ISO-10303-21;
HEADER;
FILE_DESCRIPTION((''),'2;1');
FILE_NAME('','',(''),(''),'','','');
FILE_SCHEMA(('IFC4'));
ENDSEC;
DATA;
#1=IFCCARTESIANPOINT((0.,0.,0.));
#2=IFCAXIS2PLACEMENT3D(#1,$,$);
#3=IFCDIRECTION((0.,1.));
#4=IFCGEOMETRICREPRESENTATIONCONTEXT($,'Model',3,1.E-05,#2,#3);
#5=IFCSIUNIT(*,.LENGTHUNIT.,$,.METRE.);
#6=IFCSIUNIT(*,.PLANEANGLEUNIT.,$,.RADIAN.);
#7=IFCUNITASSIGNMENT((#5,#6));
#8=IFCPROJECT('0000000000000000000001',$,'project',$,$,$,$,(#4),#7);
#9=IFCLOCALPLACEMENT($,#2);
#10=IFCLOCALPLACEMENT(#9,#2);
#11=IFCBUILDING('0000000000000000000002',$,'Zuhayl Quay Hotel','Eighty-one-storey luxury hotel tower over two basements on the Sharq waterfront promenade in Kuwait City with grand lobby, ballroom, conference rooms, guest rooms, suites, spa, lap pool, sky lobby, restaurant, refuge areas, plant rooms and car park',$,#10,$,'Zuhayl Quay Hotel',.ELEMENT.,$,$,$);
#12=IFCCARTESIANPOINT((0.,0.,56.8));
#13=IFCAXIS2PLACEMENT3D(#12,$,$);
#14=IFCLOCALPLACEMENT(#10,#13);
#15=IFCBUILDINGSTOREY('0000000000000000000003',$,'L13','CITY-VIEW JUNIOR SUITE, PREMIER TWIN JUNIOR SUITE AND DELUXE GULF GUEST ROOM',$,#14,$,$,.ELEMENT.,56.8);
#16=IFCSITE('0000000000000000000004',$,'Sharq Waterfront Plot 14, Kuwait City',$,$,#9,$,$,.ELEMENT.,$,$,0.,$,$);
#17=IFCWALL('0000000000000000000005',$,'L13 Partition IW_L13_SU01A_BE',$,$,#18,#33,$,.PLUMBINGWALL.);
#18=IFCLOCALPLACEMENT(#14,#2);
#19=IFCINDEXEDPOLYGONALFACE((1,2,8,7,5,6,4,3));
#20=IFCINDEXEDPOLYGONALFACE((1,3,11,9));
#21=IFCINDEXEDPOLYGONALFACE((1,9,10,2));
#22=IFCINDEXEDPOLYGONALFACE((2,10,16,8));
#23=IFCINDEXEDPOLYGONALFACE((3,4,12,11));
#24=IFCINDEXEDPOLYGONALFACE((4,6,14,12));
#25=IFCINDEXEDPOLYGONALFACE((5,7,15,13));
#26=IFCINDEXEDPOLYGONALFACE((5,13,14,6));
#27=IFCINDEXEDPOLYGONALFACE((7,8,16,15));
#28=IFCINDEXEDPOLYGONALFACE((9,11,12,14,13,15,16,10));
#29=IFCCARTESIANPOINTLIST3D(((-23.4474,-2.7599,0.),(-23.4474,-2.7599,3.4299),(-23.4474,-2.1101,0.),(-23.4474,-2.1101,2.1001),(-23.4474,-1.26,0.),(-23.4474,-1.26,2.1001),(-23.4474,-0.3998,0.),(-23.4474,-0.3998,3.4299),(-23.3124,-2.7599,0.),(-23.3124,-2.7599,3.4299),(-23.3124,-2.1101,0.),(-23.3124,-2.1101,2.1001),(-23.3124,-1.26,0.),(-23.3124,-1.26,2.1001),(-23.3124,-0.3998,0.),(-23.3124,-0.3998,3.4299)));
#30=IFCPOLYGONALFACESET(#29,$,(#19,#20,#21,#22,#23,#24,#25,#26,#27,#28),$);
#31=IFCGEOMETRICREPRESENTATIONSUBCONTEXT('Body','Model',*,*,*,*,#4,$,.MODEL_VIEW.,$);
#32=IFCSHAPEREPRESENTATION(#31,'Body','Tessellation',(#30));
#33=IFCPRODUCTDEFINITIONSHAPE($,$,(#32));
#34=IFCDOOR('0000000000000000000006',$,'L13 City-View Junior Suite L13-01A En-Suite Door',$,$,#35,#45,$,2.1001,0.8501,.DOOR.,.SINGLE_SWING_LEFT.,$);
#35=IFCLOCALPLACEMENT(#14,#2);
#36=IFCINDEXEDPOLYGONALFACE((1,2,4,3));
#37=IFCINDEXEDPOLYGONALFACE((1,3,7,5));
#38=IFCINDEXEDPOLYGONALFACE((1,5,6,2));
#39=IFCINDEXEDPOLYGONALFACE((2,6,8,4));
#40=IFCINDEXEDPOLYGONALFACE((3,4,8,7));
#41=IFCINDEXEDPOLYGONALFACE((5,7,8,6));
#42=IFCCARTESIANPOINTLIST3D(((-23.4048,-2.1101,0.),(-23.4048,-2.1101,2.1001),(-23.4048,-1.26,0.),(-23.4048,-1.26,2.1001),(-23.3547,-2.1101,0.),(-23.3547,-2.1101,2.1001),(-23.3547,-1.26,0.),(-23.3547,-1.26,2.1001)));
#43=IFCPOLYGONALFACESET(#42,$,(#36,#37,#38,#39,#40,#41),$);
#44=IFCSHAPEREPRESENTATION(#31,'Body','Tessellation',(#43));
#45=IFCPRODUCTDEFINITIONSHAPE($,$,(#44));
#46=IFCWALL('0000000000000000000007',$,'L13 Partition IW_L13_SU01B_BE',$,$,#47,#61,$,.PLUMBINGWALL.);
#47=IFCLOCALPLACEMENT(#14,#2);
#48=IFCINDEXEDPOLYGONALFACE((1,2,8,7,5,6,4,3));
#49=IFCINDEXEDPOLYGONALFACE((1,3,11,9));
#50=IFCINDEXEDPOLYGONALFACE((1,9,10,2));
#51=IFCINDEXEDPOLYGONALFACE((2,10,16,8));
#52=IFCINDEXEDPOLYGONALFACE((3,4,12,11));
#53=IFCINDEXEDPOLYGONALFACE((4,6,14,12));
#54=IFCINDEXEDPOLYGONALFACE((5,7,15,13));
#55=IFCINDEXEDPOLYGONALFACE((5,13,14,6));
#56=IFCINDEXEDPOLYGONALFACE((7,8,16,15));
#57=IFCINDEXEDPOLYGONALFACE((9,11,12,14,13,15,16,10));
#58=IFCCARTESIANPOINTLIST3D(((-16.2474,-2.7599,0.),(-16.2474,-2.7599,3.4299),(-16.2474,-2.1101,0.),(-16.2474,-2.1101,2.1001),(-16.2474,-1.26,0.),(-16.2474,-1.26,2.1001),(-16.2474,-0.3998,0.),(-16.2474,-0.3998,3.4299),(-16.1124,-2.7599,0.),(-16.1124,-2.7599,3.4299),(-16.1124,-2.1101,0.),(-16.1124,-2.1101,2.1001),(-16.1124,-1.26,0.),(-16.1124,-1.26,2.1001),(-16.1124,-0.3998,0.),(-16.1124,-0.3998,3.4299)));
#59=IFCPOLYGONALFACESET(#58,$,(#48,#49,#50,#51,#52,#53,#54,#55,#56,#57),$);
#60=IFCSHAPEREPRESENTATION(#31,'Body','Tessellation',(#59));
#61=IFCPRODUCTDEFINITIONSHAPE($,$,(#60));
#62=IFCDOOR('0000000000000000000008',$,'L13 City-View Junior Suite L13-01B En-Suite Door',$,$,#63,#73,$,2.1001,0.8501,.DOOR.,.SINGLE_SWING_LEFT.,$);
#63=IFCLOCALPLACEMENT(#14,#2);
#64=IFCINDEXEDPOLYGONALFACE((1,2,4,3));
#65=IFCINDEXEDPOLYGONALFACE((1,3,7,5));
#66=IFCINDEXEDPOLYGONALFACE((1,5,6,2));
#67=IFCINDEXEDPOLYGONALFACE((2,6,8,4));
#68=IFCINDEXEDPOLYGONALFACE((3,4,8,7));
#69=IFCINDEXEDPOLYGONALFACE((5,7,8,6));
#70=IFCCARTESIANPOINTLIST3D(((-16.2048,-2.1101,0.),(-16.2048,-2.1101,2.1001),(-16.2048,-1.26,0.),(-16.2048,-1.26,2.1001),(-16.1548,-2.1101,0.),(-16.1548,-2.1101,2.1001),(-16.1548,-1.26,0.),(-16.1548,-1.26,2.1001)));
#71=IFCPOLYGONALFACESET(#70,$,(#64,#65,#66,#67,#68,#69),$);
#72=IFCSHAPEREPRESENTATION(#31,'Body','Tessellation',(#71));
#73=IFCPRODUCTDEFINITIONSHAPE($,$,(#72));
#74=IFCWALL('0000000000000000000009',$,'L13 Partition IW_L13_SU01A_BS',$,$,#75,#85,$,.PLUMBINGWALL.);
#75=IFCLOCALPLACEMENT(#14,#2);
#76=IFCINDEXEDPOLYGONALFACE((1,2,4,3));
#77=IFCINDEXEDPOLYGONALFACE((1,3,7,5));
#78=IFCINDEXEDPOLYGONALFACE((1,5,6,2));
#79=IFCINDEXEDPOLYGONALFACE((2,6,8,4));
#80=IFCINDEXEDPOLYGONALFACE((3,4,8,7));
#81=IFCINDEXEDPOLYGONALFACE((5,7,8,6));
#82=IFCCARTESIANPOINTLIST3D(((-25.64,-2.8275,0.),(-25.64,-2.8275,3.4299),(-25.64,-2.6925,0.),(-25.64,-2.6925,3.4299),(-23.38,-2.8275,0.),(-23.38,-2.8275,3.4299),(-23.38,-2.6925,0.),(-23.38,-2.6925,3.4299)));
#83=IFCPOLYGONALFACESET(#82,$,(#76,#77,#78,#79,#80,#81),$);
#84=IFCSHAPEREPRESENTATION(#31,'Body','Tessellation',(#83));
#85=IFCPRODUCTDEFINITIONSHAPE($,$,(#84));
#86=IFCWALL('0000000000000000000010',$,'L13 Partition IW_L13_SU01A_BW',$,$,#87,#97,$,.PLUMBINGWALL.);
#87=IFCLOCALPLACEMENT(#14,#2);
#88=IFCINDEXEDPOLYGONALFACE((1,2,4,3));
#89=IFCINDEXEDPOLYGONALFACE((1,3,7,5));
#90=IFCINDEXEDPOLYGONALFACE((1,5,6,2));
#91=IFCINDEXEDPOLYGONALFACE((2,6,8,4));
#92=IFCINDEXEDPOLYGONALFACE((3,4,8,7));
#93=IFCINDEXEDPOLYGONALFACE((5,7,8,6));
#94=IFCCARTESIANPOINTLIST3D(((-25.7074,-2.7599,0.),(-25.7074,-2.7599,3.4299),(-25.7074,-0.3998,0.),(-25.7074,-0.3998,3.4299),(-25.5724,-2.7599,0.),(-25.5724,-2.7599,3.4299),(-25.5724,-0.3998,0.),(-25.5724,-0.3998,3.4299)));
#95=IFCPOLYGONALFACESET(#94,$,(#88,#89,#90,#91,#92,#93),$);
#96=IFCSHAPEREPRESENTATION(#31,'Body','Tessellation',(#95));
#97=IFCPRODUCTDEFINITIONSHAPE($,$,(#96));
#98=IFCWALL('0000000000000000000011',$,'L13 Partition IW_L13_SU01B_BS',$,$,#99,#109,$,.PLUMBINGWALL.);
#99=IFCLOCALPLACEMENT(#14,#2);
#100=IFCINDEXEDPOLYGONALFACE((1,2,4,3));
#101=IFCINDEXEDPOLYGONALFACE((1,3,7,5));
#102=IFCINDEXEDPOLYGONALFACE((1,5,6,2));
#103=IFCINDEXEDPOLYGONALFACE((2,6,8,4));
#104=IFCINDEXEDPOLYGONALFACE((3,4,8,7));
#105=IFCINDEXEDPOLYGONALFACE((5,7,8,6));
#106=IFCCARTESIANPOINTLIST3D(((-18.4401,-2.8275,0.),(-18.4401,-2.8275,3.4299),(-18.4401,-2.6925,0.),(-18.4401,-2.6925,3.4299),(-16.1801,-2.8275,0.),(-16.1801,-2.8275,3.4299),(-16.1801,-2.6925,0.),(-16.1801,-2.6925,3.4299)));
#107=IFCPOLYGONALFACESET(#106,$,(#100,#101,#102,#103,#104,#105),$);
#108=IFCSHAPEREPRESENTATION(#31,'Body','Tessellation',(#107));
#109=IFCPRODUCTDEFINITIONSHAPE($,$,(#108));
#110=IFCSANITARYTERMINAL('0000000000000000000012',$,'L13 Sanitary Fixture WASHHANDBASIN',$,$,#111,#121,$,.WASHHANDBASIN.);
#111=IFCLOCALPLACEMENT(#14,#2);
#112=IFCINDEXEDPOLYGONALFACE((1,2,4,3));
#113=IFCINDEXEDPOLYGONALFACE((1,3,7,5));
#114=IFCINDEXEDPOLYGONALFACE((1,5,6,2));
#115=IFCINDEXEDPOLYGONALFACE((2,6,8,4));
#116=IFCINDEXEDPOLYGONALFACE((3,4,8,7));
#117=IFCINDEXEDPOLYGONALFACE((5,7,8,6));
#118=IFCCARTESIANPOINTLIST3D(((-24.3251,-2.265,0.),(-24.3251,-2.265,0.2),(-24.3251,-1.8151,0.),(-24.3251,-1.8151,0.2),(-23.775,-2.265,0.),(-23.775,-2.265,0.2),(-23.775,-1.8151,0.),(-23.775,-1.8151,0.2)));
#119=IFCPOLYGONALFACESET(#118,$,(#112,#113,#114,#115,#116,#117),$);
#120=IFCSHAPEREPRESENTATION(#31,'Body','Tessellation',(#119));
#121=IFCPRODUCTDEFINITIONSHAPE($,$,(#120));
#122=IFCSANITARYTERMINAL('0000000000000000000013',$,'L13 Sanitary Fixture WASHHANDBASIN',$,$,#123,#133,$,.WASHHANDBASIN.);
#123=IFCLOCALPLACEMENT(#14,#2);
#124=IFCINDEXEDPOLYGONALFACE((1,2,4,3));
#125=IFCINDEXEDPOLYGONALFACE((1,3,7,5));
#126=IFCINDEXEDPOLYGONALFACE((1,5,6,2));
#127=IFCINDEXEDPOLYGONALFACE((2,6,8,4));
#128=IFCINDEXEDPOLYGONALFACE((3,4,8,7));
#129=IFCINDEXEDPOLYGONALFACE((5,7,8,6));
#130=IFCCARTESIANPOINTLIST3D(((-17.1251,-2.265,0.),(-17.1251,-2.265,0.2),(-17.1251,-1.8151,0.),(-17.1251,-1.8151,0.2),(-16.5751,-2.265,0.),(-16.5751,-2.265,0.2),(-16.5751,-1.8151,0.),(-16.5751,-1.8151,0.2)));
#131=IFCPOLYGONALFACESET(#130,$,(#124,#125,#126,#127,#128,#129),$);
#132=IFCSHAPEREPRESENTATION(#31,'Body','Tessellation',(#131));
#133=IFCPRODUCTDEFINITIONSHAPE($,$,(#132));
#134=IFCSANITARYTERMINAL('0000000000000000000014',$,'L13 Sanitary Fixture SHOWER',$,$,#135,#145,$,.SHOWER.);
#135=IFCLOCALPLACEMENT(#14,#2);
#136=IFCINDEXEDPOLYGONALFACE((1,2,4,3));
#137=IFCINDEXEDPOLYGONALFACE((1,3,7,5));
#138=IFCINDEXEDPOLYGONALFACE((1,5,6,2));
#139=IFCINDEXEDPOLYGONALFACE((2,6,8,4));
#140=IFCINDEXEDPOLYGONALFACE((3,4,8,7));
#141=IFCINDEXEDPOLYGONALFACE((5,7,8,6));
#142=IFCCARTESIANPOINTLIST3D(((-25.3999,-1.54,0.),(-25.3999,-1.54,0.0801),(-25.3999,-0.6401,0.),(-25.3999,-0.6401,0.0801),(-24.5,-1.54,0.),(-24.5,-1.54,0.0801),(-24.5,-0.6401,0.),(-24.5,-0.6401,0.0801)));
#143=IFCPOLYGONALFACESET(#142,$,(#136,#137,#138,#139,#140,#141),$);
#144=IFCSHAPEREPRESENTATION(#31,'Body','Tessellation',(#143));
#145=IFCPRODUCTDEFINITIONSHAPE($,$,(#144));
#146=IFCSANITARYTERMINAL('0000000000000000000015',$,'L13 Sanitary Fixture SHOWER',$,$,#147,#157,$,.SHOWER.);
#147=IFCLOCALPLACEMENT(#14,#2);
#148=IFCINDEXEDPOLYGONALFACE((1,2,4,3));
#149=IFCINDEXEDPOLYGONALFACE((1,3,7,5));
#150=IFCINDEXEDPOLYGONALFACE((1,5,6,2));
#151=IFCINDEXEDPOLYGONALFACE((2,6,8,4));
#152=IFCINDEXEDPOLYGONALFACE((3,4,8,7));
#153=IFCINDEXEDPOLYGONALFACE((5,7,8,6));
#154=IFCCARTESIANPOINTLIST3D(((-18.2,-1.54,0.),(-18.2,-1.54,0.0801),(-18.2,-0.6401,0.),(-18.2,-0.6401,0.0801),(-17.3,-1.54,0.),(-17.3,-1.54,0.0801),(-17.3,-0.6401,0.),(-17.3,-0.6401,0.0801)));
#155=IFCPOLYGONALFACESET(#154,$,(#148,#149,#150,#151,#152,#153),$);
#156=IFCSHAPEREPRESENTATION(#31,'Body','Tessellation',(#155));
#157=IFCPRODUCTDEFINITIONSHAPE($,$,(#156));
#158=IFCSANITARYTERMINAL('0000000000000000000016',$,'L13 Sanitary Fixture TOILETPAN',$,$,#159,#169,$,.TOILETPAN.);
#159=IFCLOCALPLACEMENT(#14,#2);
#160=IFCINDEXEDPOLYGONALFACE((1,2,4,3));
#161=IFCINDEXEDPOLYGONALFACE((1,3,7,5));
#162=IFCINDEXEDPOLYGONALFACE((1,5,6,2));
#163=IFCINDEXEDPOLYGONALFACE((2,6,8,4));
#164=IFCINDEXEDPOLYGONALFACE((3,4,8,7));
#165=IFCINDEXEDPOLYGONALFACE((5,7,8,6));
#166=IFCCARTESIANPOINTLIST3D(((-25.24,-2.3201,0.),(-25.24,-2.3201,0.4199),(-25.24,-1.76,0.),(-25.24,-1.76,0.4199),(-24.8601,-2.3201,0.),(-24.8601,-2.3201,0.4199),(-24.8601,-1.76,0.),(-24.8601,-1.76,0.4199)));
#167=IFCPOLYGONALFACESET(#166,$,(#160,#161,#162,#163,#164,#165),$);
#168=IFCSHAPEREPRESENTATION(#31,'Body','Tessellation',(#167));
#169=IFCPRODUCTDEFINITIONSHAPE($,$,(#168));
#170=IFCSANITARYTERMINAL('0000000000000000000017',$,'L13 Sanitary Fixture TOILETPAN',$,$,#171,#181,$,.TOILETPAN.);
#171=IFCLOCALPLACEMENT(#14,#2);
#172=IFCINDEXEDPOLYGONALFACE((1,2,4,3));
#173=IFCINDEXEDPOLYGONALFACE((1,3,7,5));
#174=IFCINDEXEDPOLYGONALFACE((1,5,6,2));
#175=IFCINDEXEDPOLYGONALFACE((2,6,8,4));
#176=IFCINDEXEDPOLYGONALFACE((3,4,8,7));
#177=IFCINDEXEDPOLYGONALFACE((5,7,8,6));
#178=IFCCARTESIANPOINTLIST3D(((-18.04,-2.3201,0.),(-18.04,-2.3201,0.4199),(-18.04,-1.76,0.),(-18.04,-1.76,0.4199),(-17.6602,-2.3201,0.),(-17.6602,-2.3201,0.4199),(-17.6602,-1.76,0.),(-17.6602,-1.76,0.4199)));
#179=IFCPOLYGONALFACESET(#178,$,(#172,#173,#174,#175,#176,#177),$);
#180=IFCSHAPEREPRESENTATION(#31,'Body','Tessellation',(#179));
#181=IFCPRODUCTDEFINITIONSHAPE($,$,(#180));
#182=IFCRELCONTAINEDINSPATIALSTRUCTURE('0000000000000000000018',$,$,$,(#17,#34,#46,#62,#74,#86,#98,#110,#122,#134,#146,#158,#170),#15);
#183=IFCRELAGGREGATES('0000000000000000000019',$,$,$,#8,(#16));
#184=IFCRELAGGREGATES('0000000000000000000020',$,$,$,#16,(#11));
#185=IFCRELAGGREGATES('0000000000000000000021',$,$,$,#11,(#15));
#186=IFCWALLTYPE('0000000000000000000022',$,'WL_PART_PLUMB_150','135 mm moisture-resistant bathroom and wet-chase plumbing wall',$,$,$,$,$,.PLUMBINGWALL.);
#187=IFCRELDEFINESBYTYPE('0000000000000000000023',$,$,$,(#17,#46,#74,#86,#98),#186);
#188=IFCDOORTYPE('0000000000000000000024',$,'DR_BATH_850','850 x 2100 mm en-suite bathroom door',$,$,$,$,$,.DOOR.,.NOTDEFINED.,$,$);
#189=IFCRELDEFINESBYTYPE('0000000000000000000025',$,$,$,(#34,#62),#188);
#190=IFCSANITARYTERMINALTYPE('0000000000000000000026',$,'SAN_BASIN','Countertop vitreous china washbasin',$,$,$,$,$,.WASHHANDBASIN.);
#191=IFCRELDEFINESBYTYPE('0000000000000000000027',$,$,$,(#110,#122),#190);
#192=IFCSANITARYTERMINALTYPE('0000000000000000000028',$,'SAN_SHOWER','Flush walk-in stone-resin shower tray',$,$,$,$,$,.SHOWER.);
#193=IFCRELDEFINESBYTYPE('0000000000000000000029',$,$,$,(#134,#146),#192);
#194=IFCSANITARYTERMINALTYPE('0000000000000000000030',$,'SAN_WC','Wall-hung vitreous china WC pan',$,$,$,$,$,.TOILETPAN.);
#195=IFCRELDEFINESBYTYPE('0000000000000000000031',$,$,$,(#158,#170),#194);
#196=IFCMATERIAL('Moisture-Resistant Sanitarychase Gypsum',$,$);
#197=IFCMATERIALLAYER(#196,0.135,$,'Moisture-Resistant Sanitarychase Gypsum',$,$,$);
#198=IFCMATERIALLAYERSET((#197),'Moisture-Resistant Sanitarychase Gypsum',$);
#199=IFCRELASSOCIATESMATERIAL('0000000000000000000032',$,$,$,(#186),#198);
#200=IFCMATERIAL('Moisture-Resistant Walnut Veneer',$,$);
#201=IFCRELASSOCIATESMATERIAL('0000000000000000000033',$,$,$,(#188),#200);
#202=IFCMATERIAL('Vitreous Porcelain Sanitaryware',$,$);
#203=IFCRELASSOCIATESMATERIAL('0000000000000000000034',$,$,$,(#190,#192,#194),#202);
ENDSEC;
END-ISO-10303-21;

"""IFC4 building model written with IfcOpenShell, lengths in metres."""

from ifc_helpers import new_model, si_unit, direction, frame, frame_2d, origin, origin_2d, place, context, subcontext, project, spatial, rectangle, extrude, material, layer, layer_set, type_object, element, fill, save


model = new_model("IFC4")

# Units and contexts
model_context = context("Model", 3, precision=1e-05, world=origin(), true_north=direction((0.0, 1.0)))
body_context = subcontext(model_context, "Body", "Model", "MODEL_VIEW")
ifc_project = project(units=[si_unit("LENGTHUNIT", "METRE"), si_unit("PLANEANGLEUNIT", "RADIAN")], contexts=[model_context])

# Site, building, storey
site_placement = place(None, origin())
site = spatial("IfcSite", under=ifc_project, at=site_placement, Name="Sharq Waterfront Plot 14, Kuwait City", CompositionType="ELEMENT", RefElevation=0.0)
building_placement = place(site_placement, origin())
building = spatial("IfcBuilding", under=site, at=building_placement, Name="Zuhayl Quay Hotel", Description="Eighty-one-storey luxury hotel tower over two basements on the Sharq waterfront promenade in Kuwait City with grand lobby, ballroom, conference rooms, guest rooms, suites, spa, lap pool, sky lobby, restaurant, refuge areas, plant rooms and car park", LongName="Zuhayl Quay Hotel", CompositionType="ELEMENT")
storey_placement = place(building_placement, frame((0.0, 0.0, 56.8)))
storey = spatial("IfcBuildingStorey", under=building, at=storey_placement, Name="L13", Description="CITY-VIEW JUNIOR SUITE, PREMIER TWIN JUNIOR SUITE AND DELUXE GULF GUEST ROOM", CompositionType="ELEMENT", Elevation=56.8)

# Walls, openings, doors
ifc_material_1 = material(Name="Moisture-Resistant Sanitarychase Gypsum")
ifc_layer_1 = layer(ifc_material_1, 0.135, Name="Moisture-Resistant Sanitarychase Gypsum")
ifc_layer_set_1 = layer_set([ifc_layer_1], Name="Moisture-Resistant Sanitarychase Gypsum")
wall_type_1 = type_object("IfcWallType", Name="WL_PART_PLUMB_150", Description="135 mm moisture-resistant bathroom and wet-chase plumbing wall", PredefinedType="PLUMBINGWALL", material=ifc_layer_set_1)
wall_1_placement = place(storey_placement, frame((-23.3799, -2.76, 0.0), z_axis=(0.0, 0.0, 1.0), x_axis=(0.0, 1.0, 0.0)))
wall_1 = element("IfcWall", 1, at=wall_1_placement, inside=storey, type_object=wall_type_1, Name="L13 Partition IW_L13_SU01A_BE", PredefinedType="PLUMBINGWALL", context=body_context, shape_type="SweptSolid", body=[
    extrude(rectangle(XDim=2.3601, YDim=0.135, at=frame_2d((1.1802, 0.0))), origin(), (0.0, 0.0, 1.0), 3.4299),
])
opening_1_placement = place(wall_1_placement, frame((0.6499, 0.0, 0.0)))
opening_1 = element("IfcOpeningElement", 2, at=opening_1_placement, cuts=wall_1, PredefinedType="OPENING", context=body_context, shape_type="SweptSolid", body=[
    extrude(rectangle(XDim=0.8501, YDim=2.1001, at=frame_2d((0.425, 1.05))), frame((0.0, 0.0774, 0.0), z_axis=(0.0, -1.0, 0.0), x_axis=(1.0, 0.0, 0.0)), (0.0, 0.0, 1.0), 0.155),
])
ifc_material_2 = material(Name="Moisture-Resistant Walnut Veneer")
door_type_1 = type_object("IfcDoorType", Name="DR_BATH_850", Description="850 x 2100 mm en-suite bathroom door", OperationType="NOTDEFINED", PredefinedType="DOOR", material=ifc_material_2)
door_1_placement = place(opening_1_placement, origin())
door_1 = element("IfcDoor", 3, at=door_1_placement, inside=storey, type_object=door_type_1, Name="L13 City-View Junior Suite L13-01A En-Suite Door", OperationType="SINGLE_SWING_LEFT", OverallHeight=2.1001, OverallWidth=0.8501, PredefinedType="DOOR", context=body_context, shape_type="SweptSolid", body=[
    extrude(rectangle(XDim=0.8501, YDim=2.1001, at=frame_2d((0.425, 1.05))), frame((0.0, 0.0249, 0.0), z_axis=(0.0, -1.0, 0.0), x_axis=(1.0, 0.0, 0.0)), (0.0, 0.0, 1.0), 0.05),
])
fill(opening_1, door_1)
wall_2_placement = place(storey_placement, frame((-16.1799, -2.76, 0.0), z_axis=(0.0, 0.0, 1.0), x_axis=(0.0, 1.0, 0.0)))
wall_2 = element("IfcWall", 4, at=wall_2_placement, inside=storey, type_object=wall_type_1, Name="L13 Partition IW_L13_SU01B_BE", PredefinedType="PLUMBINGWALL", context=body_context, shape_type="SweptSolid", body=[
    extrude(rectangle(XDim=2.3601, YDim=0.135, at=frame_2d((1.1802, 0.0))), origin(), (0.0, 0.0, 1.0), 3.4299),
])
opening_2_placement = place(wall_2_placement, frame((0.6499, 0.0, 0.0)))
opening_2 = element("IfcOpeningElement", 5, at=opening_2_placement, cuts=wall_2, PredefinedType="OPENING", context=body_context, shape_type="SweptSolid", body=[
    extrude(rectangle(XDim=0.8501, YDim=2.1001, at=frame_2d((0.425, 1.05))), frame((0.0, 0.0774, 0.0), z_axis=(0.0, -1.0, 0.0), x_axis=(1.0, 0.0, 0.0)), (0.0, 0.0, 1.0), 0.155),
])
door_2_placement = place(opening_2_placement, origin())
door_2 = element("IfcDoor", 6, at=door_2_placement, inside=storey, type_object=door_type_1, Name="L13 City-View Junior Suite L13-01B En-Suite Door", OperationType="SINGLE_SWING_LEFT", OverallHeight=2.1001, OverallWidth=0.8501, PredefinedType="DOOR", context=body_context, shape_type="SweptSolid", body=[
    extrude(rectangle(XDim=0.8501, YDim=2.1001, at=frame_2d((0.425, 1.05))), frame((0.0, 0.0249, 0.0), z_axis=(0.0, -1.0, 0.0), x_axis=(1.0, 0.0, 0.0)), (0.0, 0.0, 1.0), 0.05),
])
fill(opening_2, door_2)

# Walls
wall_3_placement = place(storey_placement, frame((-25.6399, -2.76, 0.0), z_axis=(0.0, 0.0, 1.0), x_axis=(1.0, 0.0, 0.0)))
element("IfcWall", 7, at=wall_3_placement, inside=storey, type_object=wall_type_1, Name="L13 Partition IW_L13_SU01A_BS", PredefinedType="PLUMBINGWALL", context=body_context, shape_type="SweptSolid", body=[
    extrude(rectangle(XDim=2.26, YDim=0.135, at=frame_2d((1.1299, 0.0))), origin(), (0.0, 0.0, 1.0), 3.4299),
])
wall_4_placement = place(storey_placement, frame((-25.6399, -2.76, 0.0), z_axis=(0.0, 0.0, 1.0), x_axis=(0.0, 1.0, 0.0)))
element("IfcWall", 8, at=wall_4_placement, inside=storey, type_object=wall_type_1, Name="L13 Partition IW_L13_SU01A_BW", PredefinedType="PLUMBINGWALL", context=body_context, shape_type="SweptSolid", body=[
    extrude(rectangle(XDim=2.3601, YDim=0.135, at=frame_2d((1.1802, 0.0))), origin(), (0.0, 0.0, 1.0), 3.4299),
])
wall_5_placement = place(storey_placement, frame((-18.4399, -2.76, 0.0), z_axis=(0.0, 0.0, 1.0), x_axis=(1.0, 0.0, 0.0)))
element("IfcWall", 9, at=wall_5_placement, inside=storey, type_object=wall_type_1, Name="L13 Partition IW_L13_SU01B_BS", PredefinedType="PLUMBINGWALL", context=body_context, shape_type="SweptSolid", body=[
    extrude(rectangle(XDim=2.26, YDim=0.135, at=frame_2d((1.1299, 0.0))), origin(), (0.0, 0.0, 1.0), 3.4299),
])

# Sanitary terminals
ifc_material_3 = material(Name="Vitreous Porcelain Sanitaryware")
sanitary_terminal_type_1 = type_object("IfcSanitaryTerminalType", Name="SAN_BASIN", Description="Countertop vitreous china washbasin", PredefinedType="WASHHANDBASIN", material=ifc_material_3)
for number, where, z_axis, x_axis, name in (
    (10, (-24.05, -2.04, 0.0), (0.0, 0.0, 1.0), (1.0, 0.0, 0.0), "L13 Sanitary Fixture WASHHANDBASIN"),
    (11, (-16.8501, -2.04, 0.0), (0.0, 0.0, 1.0), (1.0, 0.0, 0.0), "L13 Sanitary Fixture WASHHANDBASIN"),
):
    element("IfcSanitaryTerminal", number, at=place(storey_placement, frame(where, z_axis=z_axis, x_axis=x_axis)), inside=storey, type_object=sanitary_terminal_type_1, Name=name, PredefinedType="WASHHANDBASIN", context=body_context, shape_type="SweptSolid", body=[
        extrude(rectangle(XDim=0.55, YDim=0.45, at=origin_2d()), origin(), (0.0, 0.0, 1.0), 0.2),
    ])
sanitary_terminal_type_2 = type_object("IfcSanitaryTerminalType", Name="SAN_SHOWER", Description="Flush walk-in stone-resin shower tray", PredefinedType="SHOWER", material=ifc_material_3)
for number, where, z_axis, x_axis, name in (
    (12, (-24.95, -1.0901, 0.0), (0.0, 0.0, 1.0), (1.0, 0.0, 0.0), "L13 Sanitary Fixture SHOWER"),
    (13, (-17.75, -1.0901, 0.0), (0.0, 0.0, 1.0), (1.0, 0.0, 0.0), "L13 Sanitary Fixture SHOWER"),
):
    element("IfcSanitaryTerminal", number, at=place(storey_placement, frame(where, z_axis=z_axis, x_axis=x_axis)), inside=storey, type_object=sanitary_terminal_type_2, Name=name, PredefinedType="SHOWER", context=body_context, shape_type="SweptSolid", body=[
        extrude(rectangle(XDim=0.8999, YDim=0.8999, at=origin_2d()), origin(), (0.0, 0.0, 1.0), 0.0801),
    ])
sanitary_terminal_type_3 = type_object("IfcSanitaryTerminalType", Name="SAN_WC", Description="Wall-hung vitreous china WC pan", PredefinedType="TOILETPAN", material=ifc_material_3)
for number, where, z_axis, x_axis, name in (
    (14, (-25.05, -2.04, 0.0), (0.0, 0.0, 1.0), (1.0, 0.0, 0.0), "L13 Sanitary Fixture TOILETPAN"),
    (15, (-17.8501, -2.04, 0.0), (0.0, 0.0, 1.0), (1.0, 0.0, 0.0), "L13 Sanitary Fixture TOILETPAN"),
):
    element("IfcSanitaryTerminal", number, at=place(storey_placement, frame(where, z_axis=z_axis, x_axis=x_axis)), inside=storey, type_object=sanitary_terminal_type_3, Name=name, PredefinedType="TOILETPAN", context=body_context, shape_type="SweptSolid", body=[
        extrude(rectangle(XDim=0.3799, YDim=0.5601, at=origin_2d()), origin(), (0.0, 0.0, 1.0), 0.4199),
    ])

save(model, "model.ifc")
